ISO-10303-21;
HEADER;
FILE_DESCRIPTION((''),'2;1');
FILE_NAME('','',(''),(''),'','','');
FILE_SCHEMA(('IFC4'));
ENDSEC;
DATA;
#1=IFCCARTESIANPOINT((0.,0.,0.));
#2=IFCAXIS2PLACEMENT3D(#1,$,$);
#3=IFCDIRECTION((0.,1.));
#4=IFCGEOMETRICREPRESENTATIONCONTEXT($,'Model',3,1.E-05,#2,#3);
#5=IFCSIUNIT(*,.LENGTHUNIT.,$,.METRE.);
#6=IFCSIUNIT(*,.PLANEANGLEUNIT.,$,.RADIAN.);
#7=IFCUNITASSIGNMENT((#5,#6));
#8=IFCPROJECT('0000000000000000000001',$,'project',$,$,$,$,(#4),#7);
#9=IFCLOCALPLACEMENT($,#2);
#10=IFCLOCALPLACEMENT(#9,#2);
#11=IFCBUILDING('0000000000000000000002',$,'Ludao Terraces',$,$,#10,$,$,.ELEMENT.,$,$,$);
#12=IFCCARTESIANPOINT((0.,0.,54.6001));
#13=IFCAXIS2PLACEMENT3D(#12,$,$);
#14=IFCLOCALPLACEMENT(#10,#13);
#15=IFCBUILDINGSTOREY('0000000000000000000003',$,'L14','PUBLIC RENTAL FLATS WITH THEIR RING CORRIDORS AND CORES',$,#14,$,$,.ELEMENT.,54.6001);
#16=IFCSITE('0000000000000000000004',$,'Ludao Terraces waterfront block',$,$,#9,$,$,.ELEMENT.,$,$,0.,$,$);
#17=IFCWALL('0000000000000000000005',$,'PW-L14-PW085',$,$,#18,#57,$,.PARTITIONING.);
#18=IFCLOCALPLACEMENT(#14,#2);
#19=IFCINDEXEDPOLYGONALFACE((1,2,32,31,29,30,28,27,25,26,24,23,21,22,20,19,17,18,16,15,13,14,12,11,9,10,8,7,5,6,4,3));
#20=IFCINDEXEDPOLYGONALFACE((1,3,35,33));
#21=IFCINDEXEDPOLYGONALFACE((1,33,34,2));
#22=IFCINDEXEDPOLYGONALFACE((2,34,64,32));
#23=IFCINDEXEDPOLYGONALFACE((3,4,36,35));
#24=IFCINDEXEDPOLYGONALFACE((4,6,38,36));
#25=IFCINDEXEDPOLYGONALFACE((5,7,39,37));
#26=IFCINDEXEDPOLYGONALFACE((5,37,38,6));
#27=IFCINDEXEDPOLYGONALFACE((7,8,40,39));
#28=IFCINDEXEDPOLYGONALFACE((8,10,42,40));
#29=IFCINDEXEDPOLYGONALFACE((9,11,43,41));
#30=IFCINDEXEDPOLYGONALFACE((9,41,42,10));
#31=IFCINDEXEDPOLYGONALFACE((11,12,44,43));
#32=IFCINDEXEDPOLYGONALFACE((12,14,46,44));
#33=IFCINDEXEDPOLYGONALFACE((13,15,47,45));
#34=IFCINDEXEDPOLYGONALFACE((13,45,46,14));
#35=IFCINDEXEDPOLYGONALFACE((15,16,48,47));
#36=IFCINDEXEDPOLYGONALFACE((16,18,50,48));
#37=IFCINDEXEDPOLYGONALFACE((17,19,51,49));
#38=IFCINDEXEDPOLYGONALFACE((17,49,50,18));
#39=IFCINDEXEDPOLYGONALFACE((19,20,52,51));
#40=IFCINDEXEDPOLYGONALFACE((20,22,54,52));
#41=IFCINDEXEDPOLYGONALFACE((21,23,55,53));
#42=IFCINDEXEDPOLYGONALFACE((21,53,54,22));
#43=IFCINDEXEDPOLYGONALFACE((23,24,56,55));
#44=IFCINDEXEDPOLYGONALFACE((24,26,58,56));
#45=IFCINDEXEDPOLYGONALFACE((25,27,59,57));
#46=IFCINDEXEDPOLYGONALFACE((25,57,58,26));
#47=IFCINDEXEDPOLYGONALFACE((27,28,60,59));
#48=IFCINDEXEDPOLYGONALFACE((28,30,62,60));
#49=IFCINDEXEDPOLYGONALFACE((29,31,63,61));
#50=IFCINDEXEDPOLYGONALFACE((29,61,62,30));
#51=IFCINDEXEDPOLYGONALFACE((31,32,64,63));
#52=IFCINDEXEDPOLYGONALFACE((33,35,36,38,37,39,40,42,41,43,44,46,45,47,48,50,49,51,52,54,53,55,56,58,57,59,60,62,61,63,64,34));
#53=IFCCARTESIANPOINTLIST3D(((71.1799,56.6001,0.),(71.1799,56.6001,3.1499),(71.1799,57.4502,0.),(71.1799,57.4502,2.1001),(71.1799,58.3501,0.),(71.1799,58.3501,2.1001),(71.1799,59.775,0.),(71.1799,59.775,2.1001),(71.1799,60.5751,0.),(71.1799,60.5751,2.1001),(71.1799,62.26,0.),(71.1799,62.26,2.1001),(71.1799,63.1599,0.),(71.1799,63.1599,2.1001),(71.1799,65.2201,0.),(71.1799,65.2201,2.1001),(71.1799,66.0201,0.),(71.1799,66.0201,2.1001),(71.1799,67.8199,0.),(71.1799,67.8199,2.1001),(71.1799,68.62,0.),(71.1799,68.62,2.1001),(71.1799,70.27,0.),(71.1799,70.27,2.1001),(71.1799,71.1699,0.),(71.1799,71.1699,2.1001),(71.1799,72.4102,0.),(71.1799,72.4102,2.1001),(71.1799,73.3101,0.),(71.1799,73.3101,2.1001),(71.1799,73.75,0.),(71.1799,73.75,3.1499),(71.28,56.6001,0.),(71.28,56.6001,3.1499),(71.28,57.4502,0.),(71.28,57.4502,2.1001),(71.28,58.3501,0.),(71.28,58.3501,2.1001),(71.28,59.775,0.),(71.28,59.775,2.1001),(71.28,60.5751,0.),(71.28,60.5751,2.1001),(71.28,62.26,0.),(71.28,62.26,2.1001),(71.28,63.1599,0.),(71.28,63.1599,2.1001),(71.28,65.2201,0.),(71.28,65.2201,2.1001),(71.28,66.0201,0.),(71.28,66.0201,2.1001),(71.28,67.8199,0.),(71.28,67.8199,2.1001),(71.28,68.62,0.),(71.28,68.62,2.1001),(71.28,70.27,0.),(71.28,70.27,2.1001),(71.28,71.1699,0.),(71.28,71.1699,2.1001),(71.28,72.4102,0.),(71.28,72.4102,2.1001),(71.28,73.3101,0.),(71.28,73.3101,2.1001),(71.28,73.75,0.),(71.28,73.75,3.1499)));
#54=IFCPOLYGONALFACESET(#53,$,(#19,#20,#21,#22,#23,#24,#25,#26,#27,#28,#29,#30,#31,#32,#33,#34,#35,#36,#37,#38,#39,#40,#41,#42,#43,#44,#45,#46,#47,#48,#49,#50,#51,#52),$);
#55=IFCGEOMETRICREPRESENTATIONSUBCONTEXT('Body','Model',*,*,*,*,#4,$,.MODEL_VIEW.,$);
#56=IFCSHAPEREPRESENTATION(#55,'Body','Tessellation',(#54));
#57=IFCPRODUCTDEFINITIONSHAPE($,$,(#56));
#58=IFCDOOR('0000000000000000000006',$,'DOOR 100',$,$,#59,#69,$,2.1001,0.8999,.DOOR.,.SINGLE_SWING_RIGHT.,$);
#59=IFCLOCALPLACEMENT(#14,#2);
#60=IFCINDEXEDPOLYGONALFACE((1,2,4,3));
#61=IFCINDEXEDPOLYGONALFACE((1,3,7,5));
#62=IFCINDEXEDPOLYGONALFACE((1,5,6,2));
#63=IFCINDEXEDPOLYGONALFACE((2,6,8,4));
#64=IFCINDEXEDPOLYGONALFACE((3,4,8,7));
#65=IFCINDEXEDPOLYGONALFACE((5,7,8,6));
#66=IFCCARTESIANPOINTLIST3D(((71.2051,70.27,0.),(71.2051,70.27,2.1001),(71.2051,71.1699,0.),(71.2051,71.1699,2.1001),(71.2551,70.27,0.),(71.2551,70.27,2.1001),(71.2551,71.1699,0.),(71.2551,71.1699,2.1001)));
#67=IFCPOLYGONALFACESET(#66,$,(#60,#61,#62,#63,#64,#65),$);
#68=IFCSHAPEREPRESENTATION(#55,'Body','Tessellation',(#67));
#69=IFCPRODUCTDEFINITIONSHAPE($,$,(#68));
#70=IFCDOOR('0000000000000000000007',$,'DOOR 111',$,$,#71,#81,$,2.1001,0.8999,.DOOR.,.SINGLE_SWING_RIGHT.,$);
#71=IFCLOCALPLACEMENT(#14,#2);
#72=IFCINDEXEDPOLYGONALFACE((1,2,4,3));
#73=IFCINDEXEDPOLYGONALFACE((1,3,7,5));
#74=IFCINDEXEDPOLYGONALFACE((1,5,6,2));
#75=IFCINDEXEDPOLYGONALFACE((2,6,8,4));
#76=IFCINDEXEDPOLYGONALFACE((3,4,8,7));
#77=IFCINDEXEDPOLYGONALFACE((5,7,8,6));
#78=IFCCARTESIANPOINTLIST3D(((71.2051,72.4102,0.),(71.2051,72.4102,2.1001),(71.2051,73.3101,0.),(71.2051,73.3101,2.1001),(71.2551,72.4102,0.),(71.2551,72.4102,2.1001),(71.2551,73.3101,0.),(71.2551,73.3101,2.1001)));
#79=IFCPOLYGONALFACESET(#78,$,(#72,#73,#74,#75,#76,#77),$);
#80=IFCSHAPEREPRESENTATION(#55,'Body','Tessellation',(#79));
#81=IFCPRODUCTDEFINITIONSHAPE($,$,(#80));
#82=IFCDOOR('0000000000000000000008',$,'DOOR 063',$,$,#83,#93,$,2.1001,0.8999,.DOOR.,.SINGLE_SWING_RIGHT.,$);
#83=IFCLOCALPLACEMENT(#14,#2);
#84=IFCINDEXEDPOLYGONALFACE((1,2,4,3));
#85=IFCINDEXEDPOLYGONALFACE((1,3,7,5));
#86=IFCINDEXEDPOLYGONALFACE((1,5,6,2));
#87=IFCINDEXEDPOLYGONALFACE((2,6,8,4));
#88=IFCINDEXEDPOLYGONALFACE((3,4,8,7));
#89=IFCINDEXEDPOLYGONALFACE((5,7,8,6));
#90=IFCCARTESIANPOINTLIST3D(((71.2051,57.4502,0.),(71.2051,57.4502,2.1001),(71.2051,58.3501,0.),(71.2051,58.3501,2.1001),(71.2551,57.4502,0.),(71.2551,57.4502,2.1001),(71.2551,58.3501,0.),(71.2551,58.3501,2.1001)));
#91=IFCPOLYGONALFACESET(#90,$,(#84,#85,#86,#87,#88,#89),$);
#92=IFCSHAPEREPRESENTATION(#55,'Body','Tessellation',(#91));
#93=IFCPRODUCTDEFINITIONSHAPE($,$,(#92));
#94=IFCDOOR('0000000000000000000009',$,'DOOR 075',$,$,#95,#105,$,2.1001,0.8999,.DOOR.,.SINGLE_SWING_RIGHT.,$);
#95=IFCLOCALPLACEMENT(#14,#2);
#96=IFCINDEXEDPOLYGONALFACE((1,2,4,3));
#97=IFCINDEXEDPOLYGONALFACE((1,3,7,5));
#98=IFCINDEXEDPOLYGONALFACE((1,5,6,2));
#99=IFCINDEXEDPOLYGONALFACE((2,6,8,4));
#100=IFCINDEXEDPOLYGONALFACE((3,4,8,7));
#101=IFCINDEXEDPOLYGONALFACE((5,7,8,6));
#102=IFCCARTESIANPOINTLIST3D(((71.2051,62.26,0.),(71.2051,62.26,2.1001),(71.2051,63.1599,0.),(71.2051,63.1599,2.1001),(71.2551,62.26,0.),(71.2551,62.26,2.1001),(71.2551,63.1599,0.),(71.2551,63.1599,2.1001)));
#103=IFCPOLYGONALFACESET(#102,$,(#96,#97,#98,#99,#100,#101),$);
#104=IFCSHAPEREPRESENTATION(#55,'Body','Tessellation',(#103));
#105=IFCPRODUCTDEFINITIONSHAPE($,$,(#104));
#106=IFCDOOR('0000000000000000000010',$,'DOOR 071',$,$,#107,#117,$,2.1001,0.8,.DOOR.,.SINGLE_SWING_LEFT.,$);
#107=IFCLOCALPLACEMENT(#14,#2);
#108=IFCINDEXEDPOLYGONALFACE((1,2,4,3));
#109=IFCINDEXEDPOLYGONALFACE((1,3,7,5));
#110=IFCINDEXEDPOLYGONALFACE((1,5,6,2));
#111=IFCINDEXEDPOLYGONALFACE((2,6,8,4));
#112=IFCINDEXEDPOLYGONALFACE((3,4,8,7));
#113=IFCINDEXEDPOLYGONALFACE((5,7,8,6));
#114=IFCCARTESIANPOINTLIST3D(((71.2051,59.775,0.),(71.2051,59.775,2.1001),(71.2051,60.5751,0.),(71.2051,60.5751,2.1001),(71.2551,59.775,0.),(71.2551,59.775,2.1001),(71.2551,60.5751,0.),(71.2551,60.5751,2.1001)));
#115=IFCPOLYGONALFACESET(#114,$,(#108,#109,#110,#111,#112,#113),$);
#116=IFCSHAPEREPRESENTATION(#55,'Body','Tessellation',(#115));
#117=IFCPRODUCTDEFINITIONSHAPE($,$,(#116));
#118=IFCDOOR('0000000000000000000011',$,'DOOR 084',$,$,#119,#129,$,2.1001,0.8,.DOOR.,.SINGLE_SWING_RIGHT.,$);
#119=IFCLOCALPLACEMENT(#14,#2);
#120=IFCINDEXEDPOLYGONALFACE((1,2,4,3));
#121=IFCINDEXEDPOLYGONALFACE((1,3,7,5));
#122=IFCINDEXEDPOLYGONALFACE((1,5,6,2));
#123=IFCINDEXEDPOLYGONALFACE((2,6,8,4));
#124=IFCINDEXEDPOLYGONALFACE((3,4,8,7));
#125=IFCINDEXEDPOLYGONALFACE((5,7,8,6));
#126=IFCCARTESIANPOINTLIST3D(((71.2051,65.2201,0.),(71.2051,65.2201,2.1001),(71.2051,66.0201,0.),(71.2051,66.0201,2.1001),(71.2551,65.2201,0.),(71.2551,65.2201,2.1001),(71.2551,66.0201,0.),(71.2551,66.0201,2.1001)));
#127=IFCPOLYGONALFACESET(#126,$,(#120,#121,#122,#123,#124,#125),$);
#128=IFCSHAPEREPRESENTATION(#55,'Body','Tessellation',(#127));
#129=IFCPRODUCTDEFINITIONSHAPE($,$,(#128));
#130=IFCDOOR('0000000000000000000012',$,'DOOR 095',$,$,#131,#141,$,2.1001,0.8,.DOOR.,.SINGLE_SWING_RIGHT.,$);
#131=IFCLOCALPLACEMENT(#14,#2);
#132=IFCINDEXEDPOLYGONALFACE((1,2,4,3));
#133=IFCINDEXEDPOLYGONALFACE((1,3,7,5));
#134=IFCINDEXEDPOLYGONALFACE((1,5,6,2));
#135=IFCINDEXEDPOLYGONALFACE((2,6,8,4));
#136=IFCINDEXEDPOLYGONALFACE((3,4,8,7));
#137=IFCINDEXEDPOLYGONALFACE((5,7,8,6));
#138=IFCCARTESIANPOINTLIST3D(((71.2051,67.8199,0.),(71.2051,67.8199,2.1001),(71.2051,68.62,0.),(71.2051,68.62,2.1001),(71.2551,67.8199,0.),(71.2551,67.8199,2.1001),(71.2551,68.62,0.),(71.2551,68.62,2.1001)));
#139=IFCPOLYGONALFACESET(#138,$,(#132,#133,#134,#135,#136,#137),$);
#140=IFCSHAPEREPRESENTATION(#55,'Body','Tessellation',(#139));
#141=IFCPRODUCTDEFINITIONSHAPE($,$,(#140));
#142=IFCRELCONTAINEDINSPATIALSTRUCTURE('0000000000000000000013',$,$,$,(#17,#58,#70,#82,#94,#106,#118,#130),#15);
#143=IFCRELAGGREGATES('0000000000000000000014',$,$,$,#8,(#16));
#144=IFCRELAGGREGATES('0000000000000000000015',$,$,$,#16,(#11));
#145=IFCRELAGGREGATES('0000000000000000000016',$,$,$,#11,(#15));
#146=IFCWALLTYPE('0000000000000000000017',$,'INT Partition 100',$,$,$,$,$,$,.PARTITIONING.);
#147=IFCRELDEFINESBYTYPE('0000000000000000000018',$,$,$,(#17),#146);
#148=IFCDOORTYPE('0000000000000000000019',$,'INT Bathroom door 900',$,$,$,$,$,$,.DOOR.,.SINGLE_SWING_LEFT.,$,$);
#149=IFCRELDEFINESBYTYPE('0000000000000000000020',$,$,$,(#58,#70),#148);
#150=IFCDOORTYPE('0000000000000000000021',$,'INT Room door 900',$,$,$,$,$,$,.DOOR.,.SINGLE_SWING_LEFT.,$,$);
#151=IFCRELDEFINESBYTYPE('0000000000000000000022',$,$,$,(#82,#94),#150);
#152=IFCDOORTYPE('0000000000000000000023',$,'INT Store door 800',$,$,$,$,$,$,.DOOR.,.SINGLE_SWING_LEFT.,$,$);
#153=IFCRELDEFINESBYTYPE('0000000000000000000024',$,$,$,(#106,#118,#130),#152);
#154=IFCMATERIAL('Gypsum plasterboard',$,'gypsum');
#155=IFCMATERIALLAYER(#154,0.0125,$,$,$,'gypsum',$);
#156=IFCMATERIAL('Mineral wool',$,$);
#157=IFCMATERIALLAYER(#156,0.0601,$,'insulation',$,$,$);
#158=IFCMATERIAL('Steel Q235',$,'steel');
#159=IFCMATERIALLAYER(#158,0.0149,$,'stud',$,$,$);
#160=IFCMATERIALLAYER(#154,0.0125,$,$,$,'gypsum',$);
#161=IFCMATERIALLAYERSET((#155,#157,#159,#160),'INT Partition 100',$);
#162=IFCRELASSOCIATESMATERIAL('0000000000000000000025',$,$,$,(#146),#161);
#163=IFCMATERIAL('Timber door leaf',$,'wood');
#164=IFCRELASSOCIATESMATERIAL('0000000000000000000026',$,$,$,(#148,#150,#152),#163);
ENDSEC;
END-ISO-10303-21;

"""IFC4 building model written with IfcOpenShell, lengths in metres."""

from ifc_helpers import new_model, si_unit, direction, frame, frame_2d, origin, place, context, subcontext, project, spatial, rectangle, extrude, material, layer, layer_set, type_object, element, fill, save


model = new_model("IFC4")

# Units and contexts
model_context = context("Model", 3, precision=1e-05, world=origin(), true_north=direction((0.0, 1.0)))
body_context = subcontext(model_context, "Body", "Model", "MODEL_VIEW")
ifc_project = project(units=[si_unit("LENGTHUNIT", "METRE"), si_unit("PLANEANGLEUNIT", "RADIAN")], contexts=[model_context])

# Site, building, storey
site_placement = place(None, origin())
site = spatial("IfcSite", under=ifc_project, at=site_placement, Name="Ludao Terraces waterfront block", CompositionType="ELEMENT", RefElevation=0.0)
building_placement = place(site_placement, origin())
building = spatial("IfcBuilding", under=site, at=building_placement, Name="Ludao Terraces", CompositionType="ELEMENT")
storey_placement = place(building_placement, frame((0.0, 0.0, 54.6001)))
storey = spatial("IfcBuildingStorey", under=building, at=storey_placement, Name="L14", Description="PUBLIC RENTAL FLATS WITH THEIR RING CORRIDORS AND CORES", CompositionType="ELEMENT", Elevation=54.6001)

# Shared definitions
ifc_material_1 = material(Name="Gypsum plasterboard", Category="gypsum")
ifc_layer_1 = layer(ifc_material_1, 0.0125, Category="gypsum")
ifc_material_2 = material(Name="Mineral wool")
ifc_layer_2 = layer(ifc_material_2, 0.0601, Name="insulation")
ifc_material_3 = material(Name="Steel Q235", Category="steel")
ifc_layer_3 = layer(ifc_material_3, 0.0149, Name="stud")
ifc_layer_4 = layer(ifc_material_1, 0.0125, Category="gypsum")
ifc_layer_set = layer_set([ifc_layer_1, ifc_layer_2, ifc_layer_3, ifc_layer_4], Name="INT Partition 100")
wall_type = type_object("IfcWallType", Name="INT Partition 100", PredefinedType="PARTITIONING", material=ifc_layer_set)

# Wall, openings, doors
wall_1_placement = place(storey_placement, frame((71.23, 56.6001, 0.0), z_axis=(0.0, 0.0, 1.0), x_axis=(0.0, 1.0, 0.0)))
wall_1 = element("IfcWall", 1, at=wall_1_placement, inside=storey, type_object=wall_type, Name="PW-L14-PW085", PredefinedType="PARTITIONING", context=body_context, shape_type="SweptSolid", body=[
    extrude(rectangle(XDim=17.1499, YDim=0.1001, at=frame_2d((8.575, 0.0))), origin(), (0.0, 0.0, 1.0), 3.1499),
])
opening_1_placement = place(wall_1_placement, frame((0.8501, 0.0, 0.0)))
opening_1 = element("IfcOpeningElement", 2, at=opening_1_placement, cuts=wall_1, PredefinedType="OPENING", context=body_context, shape_type="SweptSolid", body=[
    extrude(rectangle(XDim=0.8999, YDim=2.1001, at=frame_2d((0.45, 1.05))), frame((0.0, 0.0601, 0.0), z_axis=(0.0, -1.0, 0.0), x_axis=(1.0, 0.0, 0.0)), (0.0, 0.0, 1.0), 0.1201),
])
opening_2_placement = place(wall_1_placement, frame((3.175, 0.0, 0.0)))
opening_2 = element("IfcOpeningElement", 3, at=opening_2_placement, cuts=wall_1, PredefinedType="OPENING", context=body_context, shape_type="SweptSolid", body=[
    extrude(rectangle(XDim=0.8, YDim=2.1001, at=frame_2d((0.3999, 1.05))), frame((0.0, 0.0601, 0.0), z_axis=(0.0, -1.0, 0.0), x_axis=(1.0, 0.0, 0.0)), (0.0, 0.0, 1.0), 0.1201),
])
opening_3_placement = place(wall_1_placement, frame((5.6599, 0.0, 0.0)))
opening_3 = element("IfcOpeningElement", 4, at=opening_3_placement, cuts=wall_1, PredefinedType="OPENING", context=body_context, shape_type="SweptSolid", body=[
    extrude(rectangle(XDim=0.8999, YDim=2.1001, at=frame_2d((0.45, 1.05))), frame((0.0, 0.0601, 0.0), z_axis=(0.0, -1.0, 0.0), x_axis=(1.0, 0.0, 0.0)), (0.0, 0.0, 1.0), 0.1201),
])
opening_4_placement = place(wall_1_placement, frame((8.6201, 0.0, 0.0)))
opening_4 = element("IfcOpeningElement", 5, at=opening_4_placement, cuts=wall_1, PredefinedType="OPENING", context=body_context, shape_type="SweptSolid", body=[
    extrude(rectangle(XDim=0.8, YDim=2.1001, at=frame_2d((0.3999, 1.05))), frame((0.0, 0.0601, 0.0), z_axis=(0.0, -1.0, 0.0), x_axis=(1.0, 0.0, 0.0)), (0.0, 0.0, 1.0), 0.1201),
])
opening_5_placement = place(wall_1_placement, frame((11.22, 0.0, 0.0)))
opening_5 = element("IfcOpeningElement", 6, at=opening_5_placement, cuts=wall_1, PredefinedType="OPENING", context=body_context, shape_type="SweptSolid", body=[
    extrude(rectangle(XDim=0.8, YDim=2.1001, at=frame_2d((0.3999, 1.05))), frame((0.0, 0.0601, 0.0), z_axis=(0.0, -1.0, 0.0), x_axis=(1.0, 0.0, 0.0)), (0.0, 0.0, 1.0), 0.1201),
])
opening_6_placement = place(wall_1_placement, frame((13.6699, 0.0, 0.0)))
opening_6 = element("IfcOpeningElement", 7, at=opening_6_placement, cuts=wall_1, PredefinedType="OPENING", context=body_context, shape_type="SweptSolid", body=[
    extrude(rectangle(XDim=0.8999, YDim=2.1001, at=frame_2d((0.45, 1.05))), frame((0.0, 0.0601, 0.0), z_axis=(0.0, -1.0, 0.0), x_axis=(1.0, 0.0, 0.0)), (0.0, 0.0, 1.0), 0.1201),
])
opening_7_placement = place(wall_1_placement, frame((15.8101, 0.0, 0.0)))
opening_7 = element("IfcOpeningElement", 8, at=opening_7_placement, cuts=wall_1, PredefinedType="OPENING", context=body_context, shape_type="SweptSolid", body=[
    extrude(rectangle(XDim=0.8999, YDim=2.1001, at=frame_2d((0.45, 1.05))), frame((0.0, 0.0601, 0.0), z_axis=(0.0, -1.0, 0.0), x_axis=(1.0, 0.0, 0.0)), (0.0, 0.0, 1.0), 0.1201),
])
ifc_material_4 = material(Name="Timber door leaf", Category="wood")
door_type_1 = type_object("IfcDoorType", Name="INT Bathroom door 900", OperationType="SINGLE_SWING_LEFT", PredefinedType="DOOR", material=ifc_material_4)
door_1_placement = place(opening_6_placement, origin())
door_1 = element("IfcDoor", 9, at=door_1_placement, inside=storey, type_object=door_type_1, Name="DOOR 100", OperationType="SINGLE_SWING_RIGHT", OverallHeight=2.1001, OverallWidth=0.8999, PredefinedType="DOOR", context=body_context, shape_type="SweptSolid", body=[
    extrude(rectangle(XDim=0.8999, YDim=2.1001, at=frame_2d((0.45, 1.05))), frame((0.0, 0.0249, 0.0), z_axis=(0.0, -1.0, 0.0), x_axis=(1.0, 0.0, 0.0)), (0.0, 0.0, 1.0), 0.05),
])
fill(opening_6, door_1)
door_2_placement = place(opening_7_placement, origin())
door_2 = element("IfcDoor", 10, at=door_2_placement, inside=storey, type_object=door_type_1, Name="DOOR 111", OperationType="SINGLE_SWING_RIGHT", OverallHeight=2.1001, OverallWidth=0.8999, PredefinedType="DOOR", context=body_context, shape_type="SweptSolid", body=[
    extrude(rectangle(XDim=0.8999, YDim=2.1001, at=frame_2d((0.45, 1.05))), frame((0.0, 0.0249, 0.0), z_axis=(0.0, -1.0, 0.0), x_axis=(1.0, 0.0, 0.0)), (0.0, 0.0, 1.0), 0.05),
])
fill(opening_7, door_2)
door_type_2 = type_object("IfcDoorType", Name="INT Room door 900", OperationType="SINGLE_SWING_LEFT", PredefinedType="DOOR", material=ifc_material_4)
door_3_placement = place(opening_1_placement, origin())
door_3 = element("IfcDoor", 11, at=door_3_placement, inside=storey, type_object=door_type_2, Name="DOOR 063", OperationType="SINGLE_SWING_RIGHT", OverallHeight=2.1001, OverallWidth=0.8999, PredefinedType="DOOR", context=body_context, shape_type="SweptSolid", body=[
    extrude(rectangle(XDim=0.8999, YDim=2.1001, at=frame_2d((0.45, 1.05))), frame((0.0, 0.0249, 0.0), z_axis=(0.0, -1.0, 0.0), x_axis=(1.0, 0.0, 0.0)), (0.0, 0.0, 1.0), 0.05),
])
fill(opening_1, door_3)
door_4_placement = place(opening_3_placement, origin())
door_4 = element("IfcDoor", 12, at=door_4_placement, inside=storey, type_object=door_type_2, Name="DOOR 075", OperationType="SINGLE_SWING_RIGHT", OverallHeight=2.1001, OverallWidth=0.8999, PredefinedType="DOOR", context=body_context, shape_type="SweptSolid", body=[
    extrude(rectangle(XDim=0.8999, YDim=2.1001, at=frame_2d((0.45, 1.05))), frame((0.0, 0.0249, 0.0), z_axis=(0.0, -1.0, 0.0), x_axis=(1.0, 0.0, 0.0)), (0.0, 0.0, 1.0), 0.05),
])
fill(opening_3, door_4)
door_type_3 = type_object("IfcDoorType", Name="INT Store door 800", OperationType="SINGLE_SWING_LEFT", PredefinedType="DOOR", material=ifc_material_4)
door_5_placement = place(opening_2_placement, origin())
door_5 = element("IfcDoor", 13, at=door_5_placement, inside=storey, type_object=door_type_3, Name="DOOR 071", OperationType="SINGLE_SWING_LEFT", OverallHeight=2.1001, OverallWidth=0.8, PredefinedType="DOOR", context=body_context, shape_type="SweptSolid", body=[
    extrude(rectangle(XDim=0.8, YDim=2.1001, at=frame_2d((0.3999, 1.05))), frame((0.0, 0.0249, 0.0), z_axis=(0.0, -1.0, 0.0), x_axis=(1.0, 0.0, 0.0)), (0.0, 0.0, 1.0), 0.05),
])
fill(opening_2, door_5)
door_6_placement = place(opening_4_placement, origin())
door_6 = element("IfcDoor", 14, at=door_6_placement, inside=storey, type_object=door_type_3, Name="DOOR 084", OperationType="SINGLE_SWING_RIGHT", OverallHeight=2.1001, OverallWidth=0.8, PredefinedType="DOOR", context=body_context, shape_type="SweptSolid", body=[
    extrude(rectangle(XDim=0.8, YDim=2.1001, at=frame_2d((0.3999, 1.05))), frame((0.0, 0.0249, 0.0), z_axis=(0.0, -1.0, 0.0), x_axis=(1.0, 0.0, 0.0)), (0.0, 0.0, 1.0), 0.05),
])
fill(opening_4, door_6)
door_7_placement = place(opening_5_placement, origin())
door_7 = element("IfcDoor", 15, at=door_7_placement, inside=storey, type_object=door_type_3, Name="DOOR 095", OperationType="SINGLE_SWING_RIGHT", OverallHeight=2.1001, OverallWidth=0.8, PredefinedType="DOOR", context=body_context, shape_type="SweptSolid", body=[
    extrude(rectangle(XDim=0.8, YDim=2.1001, at=frame_2d((0.3999, 1.05))), frame((0.0, 0.0249, 0.0), z_axis=(0.0, -1.0, 0.0), x_axis=(1.0, 0.0, 0.0)), (0.0, 0.0, 1.0), 0.05),
])
fill(opening_5, door_7)

save(model, "model.ifc")
